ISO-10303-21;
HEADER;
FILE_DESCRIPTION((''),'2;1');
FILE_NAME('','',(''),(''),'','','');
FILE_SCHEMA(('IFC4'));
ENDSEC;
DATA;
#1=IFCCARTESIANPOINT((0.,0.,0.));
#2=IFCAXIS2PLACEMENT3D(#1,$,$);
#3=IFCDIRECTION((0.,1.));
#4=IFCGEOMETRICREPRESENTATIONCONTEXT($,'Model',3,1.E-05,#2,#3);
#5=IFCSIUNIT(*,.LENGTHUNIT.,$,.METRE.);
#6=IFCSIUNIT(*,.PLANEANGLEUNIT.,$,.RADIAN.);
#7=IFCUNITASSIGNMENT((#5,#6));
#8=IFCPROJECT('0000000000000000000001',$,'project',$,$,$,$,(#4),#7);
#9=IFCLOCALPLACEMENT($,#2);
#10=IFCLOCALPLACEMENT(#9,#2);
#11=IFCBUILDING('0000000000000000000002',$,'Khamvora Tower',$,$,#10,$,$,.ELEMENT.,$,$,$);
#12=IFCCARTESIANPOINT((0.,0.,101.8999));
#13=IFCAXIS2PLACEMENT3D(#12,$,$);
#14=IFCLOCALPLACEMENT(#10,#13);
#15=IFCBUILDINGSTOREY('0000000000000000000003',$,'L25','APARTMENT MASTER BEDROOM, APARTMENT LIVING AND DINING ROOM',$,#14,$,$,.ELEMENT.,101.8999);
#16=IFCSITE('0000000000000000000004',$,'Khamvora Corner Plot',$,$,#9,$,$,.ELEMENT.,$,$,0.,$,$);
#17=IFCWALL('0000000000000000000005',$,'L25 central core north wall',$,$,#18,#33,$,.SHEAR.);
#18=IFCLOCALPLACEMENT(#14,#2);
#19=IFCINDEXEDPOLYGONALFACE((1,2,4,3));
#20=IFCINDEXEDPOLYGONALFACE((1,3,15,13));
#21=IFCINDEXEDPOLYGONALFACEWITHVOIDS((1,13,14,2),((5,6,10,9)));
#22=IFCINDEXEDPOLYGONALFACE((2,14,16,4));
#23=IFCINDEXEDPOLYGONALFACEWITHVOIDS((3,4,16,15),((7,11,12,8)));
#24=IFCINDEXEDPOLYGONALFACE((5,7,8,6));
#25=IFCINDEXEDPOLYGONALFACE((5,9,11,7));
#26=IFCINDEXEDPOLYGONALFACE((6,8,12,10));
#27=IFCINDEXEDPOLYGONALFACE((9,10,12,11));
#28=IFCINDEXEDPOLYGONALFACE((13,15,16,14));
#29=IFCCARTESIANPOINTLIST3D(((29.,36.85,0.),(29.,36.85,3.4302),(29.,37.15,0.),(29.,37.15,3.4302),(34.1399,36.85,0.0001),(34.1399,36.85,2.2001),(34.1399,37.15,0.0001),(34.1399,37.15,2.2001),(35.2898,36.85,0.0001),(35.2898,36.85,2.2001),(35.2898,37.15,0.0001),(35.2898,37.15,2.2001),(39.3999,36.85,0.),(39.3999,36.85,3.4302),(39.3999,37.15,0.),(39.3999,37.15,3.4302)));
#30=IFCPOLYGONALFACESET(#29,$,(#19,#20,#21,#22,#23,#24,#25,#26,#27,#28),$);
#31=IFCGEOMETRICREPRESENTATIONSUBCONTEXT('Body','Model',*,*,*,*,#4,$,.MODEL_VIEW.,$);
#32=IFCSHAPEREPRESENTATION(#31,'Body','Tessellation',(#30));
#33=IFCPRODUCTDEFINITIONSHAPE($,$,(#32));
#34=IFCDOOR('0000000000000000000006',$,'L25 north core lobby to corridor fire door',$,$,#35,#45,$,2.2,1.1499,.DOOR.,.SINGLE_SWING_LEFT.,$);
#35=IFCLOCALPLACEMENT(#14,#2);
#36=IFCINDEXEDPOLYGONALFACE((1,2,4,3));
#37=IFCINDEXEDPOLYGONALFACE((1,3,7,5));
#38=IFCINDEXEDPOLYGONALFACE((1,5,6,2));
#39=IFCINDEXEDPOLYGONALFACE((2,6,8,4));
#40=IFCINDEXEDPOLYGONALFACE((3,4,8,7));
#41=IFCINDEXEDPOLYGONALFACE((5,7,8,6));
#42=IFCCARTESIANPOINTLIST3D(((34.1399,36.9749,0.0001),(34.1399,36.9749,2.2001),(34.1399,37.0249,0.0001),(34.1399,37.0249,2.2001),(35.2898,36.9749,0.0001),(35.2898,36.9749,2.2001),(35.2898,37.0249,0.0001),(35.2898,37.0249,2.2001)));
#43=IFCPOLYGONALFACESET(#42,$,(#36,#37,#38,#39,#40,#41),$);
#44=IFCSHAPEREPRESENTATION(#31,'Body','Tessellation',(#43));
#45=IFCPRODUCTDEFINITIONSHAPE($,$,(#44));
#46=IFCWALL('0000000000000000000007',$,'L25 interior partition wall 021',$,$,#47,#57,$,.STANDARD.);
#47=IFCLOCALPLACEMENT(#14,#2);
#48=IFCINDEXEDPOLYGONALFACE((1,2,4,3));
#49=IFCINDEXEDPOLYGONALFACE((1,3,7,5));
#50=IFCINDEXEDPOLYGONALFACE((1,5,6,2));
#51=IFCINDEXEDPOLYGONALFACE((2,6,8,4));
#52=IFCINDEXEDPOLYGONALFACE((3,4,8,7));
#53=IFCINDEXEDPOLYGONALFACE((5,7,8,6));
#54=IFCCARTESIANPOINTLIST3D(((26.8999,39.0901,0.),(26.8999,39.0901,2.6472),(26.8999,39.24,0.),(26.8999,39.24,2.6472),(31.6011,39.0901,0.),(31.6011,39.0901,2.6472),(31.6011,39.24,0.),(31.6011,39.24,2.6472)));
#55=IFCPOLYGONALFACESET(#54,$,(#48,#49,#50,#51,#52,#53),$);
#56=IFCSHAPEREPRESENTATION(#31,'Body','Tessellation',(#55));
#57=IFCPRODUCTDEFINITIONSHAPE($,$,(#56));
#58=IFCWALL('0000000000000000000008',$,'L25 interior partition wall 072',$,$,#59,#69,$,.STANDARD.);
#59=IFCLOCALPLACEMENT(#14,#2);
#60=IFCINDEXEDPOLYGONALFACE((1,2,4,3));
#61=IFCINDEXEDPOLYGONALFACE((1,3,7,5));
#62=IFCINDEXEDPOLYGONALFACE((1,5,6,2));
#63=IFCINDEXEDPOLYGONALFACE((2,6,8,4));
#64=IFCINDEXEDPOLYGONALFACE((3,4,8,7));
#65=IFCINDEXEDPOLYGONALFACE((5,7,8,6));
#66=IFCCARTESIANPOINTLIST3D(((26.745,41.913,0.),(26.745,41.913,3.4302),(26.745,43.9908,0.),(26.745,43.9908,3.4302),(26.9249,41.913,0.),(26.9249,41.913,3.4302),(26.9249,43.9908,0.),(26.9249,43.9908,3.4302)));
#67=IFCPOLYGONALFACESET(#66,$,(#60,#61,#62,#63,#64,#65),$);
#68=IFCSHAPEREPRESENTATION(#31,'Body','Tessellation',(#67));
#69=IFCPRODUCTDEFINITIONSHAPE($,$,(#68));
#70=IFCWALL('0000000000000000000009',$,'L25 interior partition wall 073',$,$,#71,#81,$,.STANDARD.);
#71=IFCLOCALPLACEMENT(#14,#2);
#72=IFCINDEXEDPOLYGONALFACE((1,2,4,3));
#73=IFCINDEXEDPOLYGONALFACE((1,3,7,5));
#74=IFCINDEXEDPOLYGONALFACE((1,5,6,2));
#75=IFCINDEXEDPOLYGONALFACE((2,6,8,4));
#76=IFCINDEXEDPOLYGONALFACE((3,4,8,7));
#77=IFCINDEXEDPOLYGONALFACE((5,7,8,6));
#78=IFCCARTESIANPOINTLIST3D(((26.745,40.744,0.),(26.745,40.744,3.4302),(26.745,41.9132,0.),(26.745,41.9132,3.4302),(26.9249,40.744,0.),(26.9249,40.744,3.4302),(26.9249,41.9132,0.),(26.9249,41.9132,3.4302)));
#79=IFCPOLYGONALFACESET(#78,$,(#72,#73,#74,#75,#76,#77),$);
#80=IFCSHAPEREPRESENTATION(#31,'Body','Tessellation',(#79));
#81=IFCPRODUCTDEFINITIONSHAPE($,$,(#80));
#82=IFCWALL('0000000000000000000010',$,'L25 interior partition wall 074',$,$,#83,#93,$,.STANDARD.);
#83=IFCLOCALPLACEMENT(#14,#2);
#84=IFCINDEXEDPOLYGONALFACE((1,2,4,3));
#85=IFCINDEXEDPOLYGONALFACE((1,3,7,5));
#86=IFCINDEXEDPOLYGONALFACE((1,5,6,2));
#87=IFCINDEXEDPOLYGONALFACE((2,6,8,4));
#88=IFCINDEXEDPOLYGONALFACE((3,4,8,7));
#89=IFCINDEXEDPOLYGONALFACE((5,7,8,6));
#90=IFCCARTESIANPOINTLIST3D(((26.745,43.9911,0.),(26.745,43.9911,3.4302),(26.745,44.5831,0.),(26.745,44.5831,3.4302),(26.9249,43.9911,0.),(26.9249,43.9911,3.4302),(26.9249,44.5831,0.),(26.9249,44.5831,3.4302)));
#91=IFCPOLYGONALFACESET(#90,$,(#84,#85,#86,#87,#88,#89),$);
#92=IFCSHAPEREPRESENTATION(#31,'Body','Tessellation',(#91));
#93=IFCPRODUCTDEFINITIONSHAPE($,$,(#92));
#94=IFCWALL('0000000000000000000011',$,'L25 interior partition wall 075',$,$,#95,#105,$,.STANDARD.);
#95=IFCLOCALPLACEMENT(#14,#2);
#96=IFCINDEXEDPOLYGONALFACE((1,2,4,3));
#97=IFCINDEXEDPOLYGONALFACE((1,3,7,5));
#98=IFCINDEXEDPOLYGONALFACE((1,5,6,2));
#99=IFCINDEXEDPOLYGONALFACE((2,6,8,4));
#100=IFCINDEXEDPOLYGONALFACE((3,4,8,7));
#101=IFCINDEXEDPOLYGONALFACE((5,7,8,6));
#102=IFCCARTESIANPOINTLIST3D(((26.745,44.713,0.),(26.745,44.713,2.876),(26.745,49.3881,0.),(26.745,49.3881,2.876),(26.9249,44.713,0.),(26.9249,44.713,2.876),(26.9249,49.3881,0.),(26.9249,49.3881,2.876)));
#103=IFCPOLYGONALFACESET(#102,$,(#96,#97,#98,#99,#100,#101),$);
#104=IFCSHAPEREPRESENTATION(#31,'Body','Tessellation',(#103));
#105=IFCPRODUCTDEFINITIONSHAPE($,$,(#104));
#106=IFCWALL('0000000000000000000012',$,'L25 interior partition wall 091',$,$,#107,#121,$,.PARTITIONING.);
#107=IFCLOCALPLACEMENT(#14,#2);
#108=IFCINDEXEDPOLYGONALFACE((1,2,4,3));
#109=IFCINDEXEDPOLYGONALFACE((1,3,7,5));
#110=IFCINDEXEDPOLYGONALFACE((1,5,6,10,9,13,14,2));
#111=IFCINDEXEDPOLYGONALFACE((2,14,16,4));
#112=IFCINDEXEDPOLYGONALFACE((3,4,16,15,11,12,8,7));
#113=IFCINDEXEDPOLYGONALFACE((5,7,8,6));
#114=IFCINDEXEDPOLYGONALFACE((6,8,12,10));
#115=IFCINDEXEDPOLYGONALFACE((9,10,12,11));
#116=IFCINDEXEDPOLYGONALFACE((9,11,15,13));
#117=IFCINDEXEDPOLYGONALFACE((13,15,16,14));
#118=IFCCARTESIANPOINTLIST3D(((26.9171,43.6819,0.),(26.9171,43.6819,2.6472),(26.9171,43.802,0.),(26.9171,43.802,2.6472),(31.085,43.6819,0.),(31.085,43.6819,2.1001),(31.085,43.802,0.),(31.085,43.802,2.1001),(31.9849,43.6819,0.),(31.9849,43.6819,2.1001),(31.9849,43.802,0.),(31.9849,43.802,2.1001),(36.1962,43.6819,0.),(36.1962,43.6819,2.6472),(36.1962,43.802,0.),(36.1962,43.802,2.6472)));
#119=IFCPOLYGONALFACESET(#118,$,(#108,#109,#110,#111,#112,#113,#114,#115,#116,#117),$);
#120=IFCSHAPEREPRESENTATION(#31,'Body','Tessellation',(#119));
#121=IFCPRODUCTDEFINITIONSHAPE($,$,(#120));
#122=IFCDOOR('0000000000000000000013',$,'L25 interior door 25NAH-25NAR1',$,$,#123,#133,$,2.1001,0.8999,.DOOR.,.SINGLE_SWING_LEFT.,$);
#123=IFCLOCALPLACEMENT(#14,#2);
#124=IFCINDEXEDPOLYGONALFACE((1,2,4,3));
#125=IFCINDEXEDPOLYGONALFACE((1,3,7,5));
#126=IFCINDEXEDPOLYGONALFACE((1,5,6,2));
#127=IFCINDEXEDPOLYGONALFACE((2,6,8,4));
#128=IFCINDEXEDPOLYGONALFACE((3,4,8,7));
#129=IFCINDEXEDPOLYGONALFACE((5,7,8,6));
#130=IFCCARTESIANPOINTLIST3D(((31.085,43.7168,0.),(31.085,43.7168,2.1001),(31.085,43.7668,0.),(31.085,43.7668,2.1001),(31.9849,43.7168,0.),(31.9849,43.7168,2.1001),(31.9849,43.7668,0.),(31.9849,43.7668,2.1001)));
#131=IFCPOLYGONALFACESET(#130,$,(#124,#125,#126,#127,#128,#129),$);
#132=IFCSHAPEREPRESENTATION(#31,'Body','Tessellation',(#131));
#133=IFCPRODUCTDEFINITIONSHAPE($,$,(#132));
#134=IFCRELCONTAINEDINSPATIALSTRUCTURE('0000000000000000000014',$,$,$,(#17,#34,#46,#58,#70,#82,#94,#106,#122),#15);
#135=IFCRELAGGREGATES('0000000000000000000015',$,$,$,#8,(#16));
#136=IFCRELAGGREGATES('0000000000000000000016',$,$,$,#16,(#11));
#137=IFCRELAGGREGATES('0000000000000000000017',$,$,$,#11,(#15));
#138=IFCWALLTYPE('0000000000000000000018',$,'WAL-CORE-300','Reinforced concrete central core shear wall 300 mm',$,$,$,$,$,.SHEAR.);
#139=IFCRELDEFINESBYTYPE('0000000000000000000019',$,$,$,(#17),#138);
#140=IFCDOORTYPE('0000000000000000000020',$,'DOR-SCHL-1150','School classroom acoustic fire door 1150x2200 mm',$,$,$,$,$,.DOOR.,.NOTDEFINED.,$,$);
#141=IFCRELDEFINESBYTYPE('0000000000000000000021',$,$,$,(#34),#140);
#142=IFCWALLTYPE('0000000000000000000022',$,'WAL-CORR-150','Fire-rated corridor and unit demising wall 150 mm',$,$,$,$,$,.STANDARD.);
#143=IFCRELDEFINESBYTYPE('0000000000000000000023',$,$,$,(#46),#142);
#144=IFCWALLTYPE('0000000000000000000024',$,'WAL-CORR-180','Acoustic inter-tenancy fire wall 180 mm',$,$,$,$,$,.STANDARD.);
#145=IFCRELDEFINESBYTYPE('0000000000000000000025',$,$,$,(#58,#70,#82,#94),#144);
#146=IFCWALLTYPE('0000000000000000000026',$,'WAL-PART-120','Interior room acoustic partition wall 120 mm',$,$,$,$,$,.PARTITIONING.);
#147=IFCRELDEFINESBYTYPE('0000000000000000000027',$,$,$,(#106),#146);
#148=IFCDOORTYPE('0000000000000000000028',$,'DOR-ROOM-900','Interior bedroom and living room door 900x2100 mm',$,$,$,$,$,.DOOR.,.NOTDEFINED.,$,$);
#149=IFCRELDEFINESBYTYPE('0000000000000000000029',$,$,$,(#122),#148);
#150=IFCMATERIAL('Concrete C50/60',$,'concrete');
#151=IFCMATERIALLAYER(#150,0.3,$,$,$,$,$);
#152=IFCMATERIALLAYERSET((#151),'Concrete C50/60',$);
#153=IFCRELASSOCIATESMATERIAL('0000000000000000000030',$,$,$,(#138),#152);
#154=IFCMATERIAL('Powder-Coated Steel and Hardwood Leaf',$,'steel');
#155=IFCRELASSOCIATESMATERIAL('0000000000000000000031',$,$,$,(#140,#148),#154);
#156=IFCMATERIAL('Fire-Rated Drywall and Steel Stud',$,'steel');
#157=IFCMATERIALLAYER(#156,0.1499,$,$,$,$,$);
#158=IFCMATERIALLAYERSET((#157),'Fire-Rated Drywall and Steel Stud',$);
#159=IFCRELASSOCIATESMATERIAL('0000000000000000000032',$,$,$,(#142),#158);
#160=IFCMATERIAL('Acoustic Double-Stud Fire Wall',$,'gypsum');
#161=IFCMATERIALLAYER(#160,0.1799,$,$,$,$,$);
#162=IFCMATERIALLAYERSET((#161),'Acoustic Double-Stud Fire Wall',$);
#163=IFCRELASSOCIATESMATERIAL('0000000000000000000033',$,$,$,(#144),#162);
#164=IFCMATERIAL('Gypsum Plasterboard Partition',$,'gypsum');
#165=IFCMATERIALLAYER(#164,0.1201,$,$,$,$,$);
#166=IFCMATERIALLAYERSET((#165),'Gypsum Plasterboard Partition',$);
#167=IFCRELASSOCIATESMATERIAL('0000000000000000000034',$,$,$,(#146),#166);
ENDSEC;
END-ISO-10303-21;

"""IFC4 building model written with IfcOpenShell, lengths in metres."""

from ifc_helpers import new_model, si_unit, direction, frame, frame_2d, origin, place, context, subcontext, project, spatial, rectangle, extrude, material, layer, layer_set, type_object, element, fill, save


model = new_model("IFC4")

# Units and contexts
model_context = context("Model", 3, precision=1e-05, world=origin(), true_north=direction((0.0, 1.0)))
body_context = subcontext(model_context, "Body", "Model", "MODEL_VIEW")
ifc_project = project(units=[si_unit("LENGTHUNIT", "METRE"), si_unit("PLANEANGLEUNIT", "RADIAN")], contexts=[model_context])

# Site, building, storey
site_placement = place(None, origin())
site = spatial("IfcSite", under=ifc_project, at=site_placement, Name="Khamvora Corner Plot", CompositionType="ELEMENT", RefElevation=0.0)
building_placement = place(site_placement, origin())
building = spatial("IfcBuilding", under=site, at=building_placement, Name="Khamvora Tower", CompositionType="ELEMENT")
storey_placement = place(building_placement, frame((0.0, 0.0, 101.8999)))
storey = spatial("IfcBuildingStorey", under=building, at=storey_placement, Name="L25", Description="APARTMENT MASTER BEDROOM, APARTMENT LIVING AND DINING ROOM", CompositionType="ELEMENT", Elevation=101.8999)

# Wall, opening, door
ifc_material_1 = material(Name="Concrete C50/60", Category="concrete")
ifc_layer_1 = layer(ifc_material_1, 0.3)
ifc_layer_set_1 = layer_set([ifc_layer_1], Name="Concrete C50/60")
wall_type_1 = type_object("IfcWallType", Name="WAL-CORE-300", Description="Reinforced concrete central core shear wall 300 mm", PredefinedType="SHEAR", material=ifc_layer_set_1)
wall_1_placement = place(storey_placement, frame((29.0, 37.0, 0.0), z_axis=(0.0, 0.0, 1.0), x_axis=(1.0, 0.0, 0.0)))
wall_1 = element("IfcWall", 1, at=wall_1_placement, inside=storey, type_object=wall_type_1, Name="L25 central core north wall", PredefinedType="SHEAR", context=body_context, shape_type="SweptSolid", body=[
    extrude(rectangle(XDim=10.3999, YDim=0.3, at=frame_2d((5.2, 0.0))), origin(), (0.0, 0.0, 1.0), 3.4302),
])
opening_1_placement = place(wall_1_placement, frame((5.1399, 0.0, 0.0)))
opening_1 = element("IfcOpeningElement", 2, at=opening_1_placement, cuts=wall_1, PredefinedType="OPENING", context=body_context, shape_type="SweptSolid", body=[
    extrude(rectangle(XDim=1.1499, YDim=2.2, at=frame_2d((0.575, 1.1001))), frame((0.0, 0.1599, 0.0), z_axis=(0.0, -1.0, 0.0), x_axis=(1.0, 0.0, 0.0)), (0.0, 0.0, 1.0), 0.3201),
])
ifc_material_2 = material(Name="Powder-Coated Steel and Hardwood Leaf", Category="steel")
door_type_1 = type_object("IfcDoorType", Name="DOR-SCHL-1150", Description="School classroom acoustic fire door 1150x2200 mm", OperationType="NOTDEFINED", PredefinedType="DOOR", material=ifc_material_2)
door_1_placement = place(opening_1_placement, origin())
door_1 = element("IfcDoor", 3, at=door_1_placement, inside=storey, type_object=door_type_1, Name="L25 north core lobby to corridor fire door", OperationType="SINGLE_SWING_LEFT", OverallHeight=2.2, OverallWidth=1.1499, PredefinedType="DOOR", context=body_context, shape_type="SweptSolid", body=[
    extrude(rectangle(XDim=1.1499, YDim=2.2, at=frame_2d((0.575, 1.1001))), frame((0.0, 0.0249, 0.0), z_axis=(0.0, -1.0, 0.0), x_axis=(1.0, 0.0, 0.0)), (0.0, 0.0, 1.0), 0.05),
])
fill(opening_1, door_1)
ifc_material_3 = material(Name="Fire-Rated Drywall and Steel Stud", Category="steel")
ifc_layer_2 = layer(ifc_material_3, 0.1499)
ifc_layer_set_2 = layer_set([ifc_layer_2], Name="Fire-Rated Drywall and Steel Stud")
wall_type_2 = type_object("IfcWallType", Name="WAL-CORR-150", Description="Fire-rated corridor and unit demising wall 150 mm", PredefinedType="STANDARD", material=ifc_layer_set_2)

# Walls
wall_2_placement = place(storey_placement, frame((26.8999, 39.165, 0.0), z_axis=(0.0, 0.0, 1.0), x_axis=(1.0, 0.0, 0.0)))
element("IfcWall", 4, at=wall_2_placement, inside=storey, type_object=wall_type_2, Name="L25 interior partition wall 021", PredefinedType="STANDARD", context=body_context, shape_type="SweptSolid", body=[
    extrude(rectangle(XDim=4.7012, YDim=0.1499, at=frame_2d((2.3506, 0.0))), origin(), (0.0, 0.0, 1.0), 2.6472),
])
ifc_material_4 = material(Name="Acoustic Double-Stud Fire Wall", Category="gypsum")
ifc_layer_3 = layer(ifc_material_4, 0.1799)
ifc_layer_set_3 = layer_set([ifc_layer_3], Name="Acoustic Double-Stud Fire Wall")
wall_type_3 = type_object("IfcWallType", Name="WAL-CORR-180", Description="Acoustic inter-tenancy fire wall 180 mm", PredefinedType="STANDARD", material=ifc_layer_set_3)
wall_3_placement = place(storey_placement, frame((26.835, 43.991, 0.0), z_axis=(0.0, 0.0, 1.0), x_axis=(0.0, -1.0, 0.0)))
element("IfcWall", 5, at=wall_3_placement, inside=storey, type_object=wall_type_3, Name="L25 interior partition wall 072", PredefinedType="STANDARD", context=body_context, shape_type="SweptSolid", body=[
    extrude(rectangle(XDim=2.0779, YDim=0.1799, at=frame_2d((1.0391, 0.0))), origin(), (0.0, 0.0, 1.0), 3.4302),
])
wall_4_placement = place(storey_placement, frame((26.835, 41.9131, 0.0), z_axis=(0.0, 0.0, 1.0), x_axis=(0.0, -1.0, 0.0)))
element("IfcWall", 6, at=wall_4_placement, inside=storey, type_object=wall_type_3, Name="L25 interior partition wall 073", PredefinedType="STANDARD", context=body_context, shape_type="SweptSolid", body=[
    extrude(rectangle(XDim=1.1692, YDim=0.1799, at=frame_2d((0.5845, 0.0))), origin(), (0.0, 0.0, 1.0), 3.4302),
])
wall_5_placement = place(storey_placement, frame((26.835, 44.583, 0.0), z_axis=(0.0, 0.0, 1.0), x_axis=(0.0, -1.0, 0.0)))
element("IfcWall", 7, at=wall_5_placement, inside=storey, type_object=wall_type_3, Name="L25 interior partition wall 074", PredefinedType="STANDARD", context=body_context, shape_type="SweptSolid", body=[
    extrude(rectangle(XDim=0.592, YDim=0.1799, at=frame_2d((0.2959, 0.0))), origin(), (0.0, 0.0, 1.0), 3.4302),
])
wall_6_placement = place(storey_placement, frame((26.835, 49.3879, 0.0), z_axis=(0.0, 0.0, 1.0), x_axis=(0.0, -1.0, 0.0)))
element("IfcWall", 8, at=wall_6_placement, inside=storey, type_object=wall_type_3, Name="L25 interior partition wall 075", PredefinedType="STANDARD", context=body_context, shape_type="SweptSolid", body=[
    extrude(rectangle(XDim=4.675, YDim=0.1799, at=frame_2d((2.3374, 0.0))), origin(), (0.0, 0.0, 1.0), 2.876),
])

# Wall, opening, door
ifc_material_5 = material(Name="Gypsum Plasterboard Partition", Category="gypsum")
ifc_layer_4 = layer(ifc_material_5, 0.1201)
ifc_layer_set_4 = layer_set([ifc_layer_4], Name="Gypsum Plasterboard Partition")
wall_type_4 = type_object("IfcWallType", Name="WAL-PART-120", Description="Interior room acoustic partition wall 120 mm", PredefinedType="PARTITIONING", material=ifc_layer_set_4)
wall_7_placement = place(storey_placement, frame((26.917, 43.7419, 0.0), z_axis=(0.0, 0.0, 1.0), x_axis=(1.0, 0.0, 0.0)))
wall_7 = element("IfcWall", 9, at=wall_7_placement, inside=storey, type_object=wall_type_4, Name="L25 interior partition wall 091", PredefinedType="PARTITIONING", context=body_context, shape_type="SweptSolid", body=[
    extrude(rectangle(XDim=9.2791, YDim=0.1201, at=frame_2d((4.6396, 0.0))), origin(), (0.0, 0.0, 1.0), 2.6472),
])
opening_2_placement = place(wall_7_placement, frame((4.168, 0.0, 0.0)))
opening_2 = element("IfcOpeningElement", 10, at=opening_2_placement, cuts=wall_7, PredefinedType="OPENING", context=body_context, shape_type="SweptSolid", body=[
    extrude(rectangle(XDim=0.8999, YDim=2.1001, at=frame_2d((0.45, 1.05))), frame((0.0, 0.0701, 0.0), z_axis=(0.0, -1.0, 0.0), x_axis=(1.0, 0.0, 0.0)), (0.0, 0.0, 1.0), 0.1401),
])
door_type_2 = type_object("IfcDoorType", Name="DOR-ROOM-900", Description="Interior bedroom and living room door 900x2100 mm", OperationType="NOTDEFINED", PredefinedType="DOOR", material=ifc_material_2)
door_2_placement = place(opening_2_placement, origin())
door_2 = element("IfcDoor", 11, at=door_2_placement, inside=storey, type_object=door_type_2, Name="L25 interior door 25NAH-25NAR1", OperationType="SINGLE_SWING_LEFT", OverallHeight=2.1001, OverallWidth=0.8999, PredefinedType="DOOR", context=body_context, shape_type="SweptSolid", body=[
    extrude(rectangle(XDim=0.8999, YDim=2.1001, at=frame_2d((0.45, 1.05))), frame((0.0, 0.0249, 0.0), z_axis=(0.0, -1.0, 0.0), x_axis=(1.0, 0.0, 0.0)), (0.0, 0.0, 1.0), 0.05),
])
fill(opening_2, door_2)

save(model, "model.ifc")
